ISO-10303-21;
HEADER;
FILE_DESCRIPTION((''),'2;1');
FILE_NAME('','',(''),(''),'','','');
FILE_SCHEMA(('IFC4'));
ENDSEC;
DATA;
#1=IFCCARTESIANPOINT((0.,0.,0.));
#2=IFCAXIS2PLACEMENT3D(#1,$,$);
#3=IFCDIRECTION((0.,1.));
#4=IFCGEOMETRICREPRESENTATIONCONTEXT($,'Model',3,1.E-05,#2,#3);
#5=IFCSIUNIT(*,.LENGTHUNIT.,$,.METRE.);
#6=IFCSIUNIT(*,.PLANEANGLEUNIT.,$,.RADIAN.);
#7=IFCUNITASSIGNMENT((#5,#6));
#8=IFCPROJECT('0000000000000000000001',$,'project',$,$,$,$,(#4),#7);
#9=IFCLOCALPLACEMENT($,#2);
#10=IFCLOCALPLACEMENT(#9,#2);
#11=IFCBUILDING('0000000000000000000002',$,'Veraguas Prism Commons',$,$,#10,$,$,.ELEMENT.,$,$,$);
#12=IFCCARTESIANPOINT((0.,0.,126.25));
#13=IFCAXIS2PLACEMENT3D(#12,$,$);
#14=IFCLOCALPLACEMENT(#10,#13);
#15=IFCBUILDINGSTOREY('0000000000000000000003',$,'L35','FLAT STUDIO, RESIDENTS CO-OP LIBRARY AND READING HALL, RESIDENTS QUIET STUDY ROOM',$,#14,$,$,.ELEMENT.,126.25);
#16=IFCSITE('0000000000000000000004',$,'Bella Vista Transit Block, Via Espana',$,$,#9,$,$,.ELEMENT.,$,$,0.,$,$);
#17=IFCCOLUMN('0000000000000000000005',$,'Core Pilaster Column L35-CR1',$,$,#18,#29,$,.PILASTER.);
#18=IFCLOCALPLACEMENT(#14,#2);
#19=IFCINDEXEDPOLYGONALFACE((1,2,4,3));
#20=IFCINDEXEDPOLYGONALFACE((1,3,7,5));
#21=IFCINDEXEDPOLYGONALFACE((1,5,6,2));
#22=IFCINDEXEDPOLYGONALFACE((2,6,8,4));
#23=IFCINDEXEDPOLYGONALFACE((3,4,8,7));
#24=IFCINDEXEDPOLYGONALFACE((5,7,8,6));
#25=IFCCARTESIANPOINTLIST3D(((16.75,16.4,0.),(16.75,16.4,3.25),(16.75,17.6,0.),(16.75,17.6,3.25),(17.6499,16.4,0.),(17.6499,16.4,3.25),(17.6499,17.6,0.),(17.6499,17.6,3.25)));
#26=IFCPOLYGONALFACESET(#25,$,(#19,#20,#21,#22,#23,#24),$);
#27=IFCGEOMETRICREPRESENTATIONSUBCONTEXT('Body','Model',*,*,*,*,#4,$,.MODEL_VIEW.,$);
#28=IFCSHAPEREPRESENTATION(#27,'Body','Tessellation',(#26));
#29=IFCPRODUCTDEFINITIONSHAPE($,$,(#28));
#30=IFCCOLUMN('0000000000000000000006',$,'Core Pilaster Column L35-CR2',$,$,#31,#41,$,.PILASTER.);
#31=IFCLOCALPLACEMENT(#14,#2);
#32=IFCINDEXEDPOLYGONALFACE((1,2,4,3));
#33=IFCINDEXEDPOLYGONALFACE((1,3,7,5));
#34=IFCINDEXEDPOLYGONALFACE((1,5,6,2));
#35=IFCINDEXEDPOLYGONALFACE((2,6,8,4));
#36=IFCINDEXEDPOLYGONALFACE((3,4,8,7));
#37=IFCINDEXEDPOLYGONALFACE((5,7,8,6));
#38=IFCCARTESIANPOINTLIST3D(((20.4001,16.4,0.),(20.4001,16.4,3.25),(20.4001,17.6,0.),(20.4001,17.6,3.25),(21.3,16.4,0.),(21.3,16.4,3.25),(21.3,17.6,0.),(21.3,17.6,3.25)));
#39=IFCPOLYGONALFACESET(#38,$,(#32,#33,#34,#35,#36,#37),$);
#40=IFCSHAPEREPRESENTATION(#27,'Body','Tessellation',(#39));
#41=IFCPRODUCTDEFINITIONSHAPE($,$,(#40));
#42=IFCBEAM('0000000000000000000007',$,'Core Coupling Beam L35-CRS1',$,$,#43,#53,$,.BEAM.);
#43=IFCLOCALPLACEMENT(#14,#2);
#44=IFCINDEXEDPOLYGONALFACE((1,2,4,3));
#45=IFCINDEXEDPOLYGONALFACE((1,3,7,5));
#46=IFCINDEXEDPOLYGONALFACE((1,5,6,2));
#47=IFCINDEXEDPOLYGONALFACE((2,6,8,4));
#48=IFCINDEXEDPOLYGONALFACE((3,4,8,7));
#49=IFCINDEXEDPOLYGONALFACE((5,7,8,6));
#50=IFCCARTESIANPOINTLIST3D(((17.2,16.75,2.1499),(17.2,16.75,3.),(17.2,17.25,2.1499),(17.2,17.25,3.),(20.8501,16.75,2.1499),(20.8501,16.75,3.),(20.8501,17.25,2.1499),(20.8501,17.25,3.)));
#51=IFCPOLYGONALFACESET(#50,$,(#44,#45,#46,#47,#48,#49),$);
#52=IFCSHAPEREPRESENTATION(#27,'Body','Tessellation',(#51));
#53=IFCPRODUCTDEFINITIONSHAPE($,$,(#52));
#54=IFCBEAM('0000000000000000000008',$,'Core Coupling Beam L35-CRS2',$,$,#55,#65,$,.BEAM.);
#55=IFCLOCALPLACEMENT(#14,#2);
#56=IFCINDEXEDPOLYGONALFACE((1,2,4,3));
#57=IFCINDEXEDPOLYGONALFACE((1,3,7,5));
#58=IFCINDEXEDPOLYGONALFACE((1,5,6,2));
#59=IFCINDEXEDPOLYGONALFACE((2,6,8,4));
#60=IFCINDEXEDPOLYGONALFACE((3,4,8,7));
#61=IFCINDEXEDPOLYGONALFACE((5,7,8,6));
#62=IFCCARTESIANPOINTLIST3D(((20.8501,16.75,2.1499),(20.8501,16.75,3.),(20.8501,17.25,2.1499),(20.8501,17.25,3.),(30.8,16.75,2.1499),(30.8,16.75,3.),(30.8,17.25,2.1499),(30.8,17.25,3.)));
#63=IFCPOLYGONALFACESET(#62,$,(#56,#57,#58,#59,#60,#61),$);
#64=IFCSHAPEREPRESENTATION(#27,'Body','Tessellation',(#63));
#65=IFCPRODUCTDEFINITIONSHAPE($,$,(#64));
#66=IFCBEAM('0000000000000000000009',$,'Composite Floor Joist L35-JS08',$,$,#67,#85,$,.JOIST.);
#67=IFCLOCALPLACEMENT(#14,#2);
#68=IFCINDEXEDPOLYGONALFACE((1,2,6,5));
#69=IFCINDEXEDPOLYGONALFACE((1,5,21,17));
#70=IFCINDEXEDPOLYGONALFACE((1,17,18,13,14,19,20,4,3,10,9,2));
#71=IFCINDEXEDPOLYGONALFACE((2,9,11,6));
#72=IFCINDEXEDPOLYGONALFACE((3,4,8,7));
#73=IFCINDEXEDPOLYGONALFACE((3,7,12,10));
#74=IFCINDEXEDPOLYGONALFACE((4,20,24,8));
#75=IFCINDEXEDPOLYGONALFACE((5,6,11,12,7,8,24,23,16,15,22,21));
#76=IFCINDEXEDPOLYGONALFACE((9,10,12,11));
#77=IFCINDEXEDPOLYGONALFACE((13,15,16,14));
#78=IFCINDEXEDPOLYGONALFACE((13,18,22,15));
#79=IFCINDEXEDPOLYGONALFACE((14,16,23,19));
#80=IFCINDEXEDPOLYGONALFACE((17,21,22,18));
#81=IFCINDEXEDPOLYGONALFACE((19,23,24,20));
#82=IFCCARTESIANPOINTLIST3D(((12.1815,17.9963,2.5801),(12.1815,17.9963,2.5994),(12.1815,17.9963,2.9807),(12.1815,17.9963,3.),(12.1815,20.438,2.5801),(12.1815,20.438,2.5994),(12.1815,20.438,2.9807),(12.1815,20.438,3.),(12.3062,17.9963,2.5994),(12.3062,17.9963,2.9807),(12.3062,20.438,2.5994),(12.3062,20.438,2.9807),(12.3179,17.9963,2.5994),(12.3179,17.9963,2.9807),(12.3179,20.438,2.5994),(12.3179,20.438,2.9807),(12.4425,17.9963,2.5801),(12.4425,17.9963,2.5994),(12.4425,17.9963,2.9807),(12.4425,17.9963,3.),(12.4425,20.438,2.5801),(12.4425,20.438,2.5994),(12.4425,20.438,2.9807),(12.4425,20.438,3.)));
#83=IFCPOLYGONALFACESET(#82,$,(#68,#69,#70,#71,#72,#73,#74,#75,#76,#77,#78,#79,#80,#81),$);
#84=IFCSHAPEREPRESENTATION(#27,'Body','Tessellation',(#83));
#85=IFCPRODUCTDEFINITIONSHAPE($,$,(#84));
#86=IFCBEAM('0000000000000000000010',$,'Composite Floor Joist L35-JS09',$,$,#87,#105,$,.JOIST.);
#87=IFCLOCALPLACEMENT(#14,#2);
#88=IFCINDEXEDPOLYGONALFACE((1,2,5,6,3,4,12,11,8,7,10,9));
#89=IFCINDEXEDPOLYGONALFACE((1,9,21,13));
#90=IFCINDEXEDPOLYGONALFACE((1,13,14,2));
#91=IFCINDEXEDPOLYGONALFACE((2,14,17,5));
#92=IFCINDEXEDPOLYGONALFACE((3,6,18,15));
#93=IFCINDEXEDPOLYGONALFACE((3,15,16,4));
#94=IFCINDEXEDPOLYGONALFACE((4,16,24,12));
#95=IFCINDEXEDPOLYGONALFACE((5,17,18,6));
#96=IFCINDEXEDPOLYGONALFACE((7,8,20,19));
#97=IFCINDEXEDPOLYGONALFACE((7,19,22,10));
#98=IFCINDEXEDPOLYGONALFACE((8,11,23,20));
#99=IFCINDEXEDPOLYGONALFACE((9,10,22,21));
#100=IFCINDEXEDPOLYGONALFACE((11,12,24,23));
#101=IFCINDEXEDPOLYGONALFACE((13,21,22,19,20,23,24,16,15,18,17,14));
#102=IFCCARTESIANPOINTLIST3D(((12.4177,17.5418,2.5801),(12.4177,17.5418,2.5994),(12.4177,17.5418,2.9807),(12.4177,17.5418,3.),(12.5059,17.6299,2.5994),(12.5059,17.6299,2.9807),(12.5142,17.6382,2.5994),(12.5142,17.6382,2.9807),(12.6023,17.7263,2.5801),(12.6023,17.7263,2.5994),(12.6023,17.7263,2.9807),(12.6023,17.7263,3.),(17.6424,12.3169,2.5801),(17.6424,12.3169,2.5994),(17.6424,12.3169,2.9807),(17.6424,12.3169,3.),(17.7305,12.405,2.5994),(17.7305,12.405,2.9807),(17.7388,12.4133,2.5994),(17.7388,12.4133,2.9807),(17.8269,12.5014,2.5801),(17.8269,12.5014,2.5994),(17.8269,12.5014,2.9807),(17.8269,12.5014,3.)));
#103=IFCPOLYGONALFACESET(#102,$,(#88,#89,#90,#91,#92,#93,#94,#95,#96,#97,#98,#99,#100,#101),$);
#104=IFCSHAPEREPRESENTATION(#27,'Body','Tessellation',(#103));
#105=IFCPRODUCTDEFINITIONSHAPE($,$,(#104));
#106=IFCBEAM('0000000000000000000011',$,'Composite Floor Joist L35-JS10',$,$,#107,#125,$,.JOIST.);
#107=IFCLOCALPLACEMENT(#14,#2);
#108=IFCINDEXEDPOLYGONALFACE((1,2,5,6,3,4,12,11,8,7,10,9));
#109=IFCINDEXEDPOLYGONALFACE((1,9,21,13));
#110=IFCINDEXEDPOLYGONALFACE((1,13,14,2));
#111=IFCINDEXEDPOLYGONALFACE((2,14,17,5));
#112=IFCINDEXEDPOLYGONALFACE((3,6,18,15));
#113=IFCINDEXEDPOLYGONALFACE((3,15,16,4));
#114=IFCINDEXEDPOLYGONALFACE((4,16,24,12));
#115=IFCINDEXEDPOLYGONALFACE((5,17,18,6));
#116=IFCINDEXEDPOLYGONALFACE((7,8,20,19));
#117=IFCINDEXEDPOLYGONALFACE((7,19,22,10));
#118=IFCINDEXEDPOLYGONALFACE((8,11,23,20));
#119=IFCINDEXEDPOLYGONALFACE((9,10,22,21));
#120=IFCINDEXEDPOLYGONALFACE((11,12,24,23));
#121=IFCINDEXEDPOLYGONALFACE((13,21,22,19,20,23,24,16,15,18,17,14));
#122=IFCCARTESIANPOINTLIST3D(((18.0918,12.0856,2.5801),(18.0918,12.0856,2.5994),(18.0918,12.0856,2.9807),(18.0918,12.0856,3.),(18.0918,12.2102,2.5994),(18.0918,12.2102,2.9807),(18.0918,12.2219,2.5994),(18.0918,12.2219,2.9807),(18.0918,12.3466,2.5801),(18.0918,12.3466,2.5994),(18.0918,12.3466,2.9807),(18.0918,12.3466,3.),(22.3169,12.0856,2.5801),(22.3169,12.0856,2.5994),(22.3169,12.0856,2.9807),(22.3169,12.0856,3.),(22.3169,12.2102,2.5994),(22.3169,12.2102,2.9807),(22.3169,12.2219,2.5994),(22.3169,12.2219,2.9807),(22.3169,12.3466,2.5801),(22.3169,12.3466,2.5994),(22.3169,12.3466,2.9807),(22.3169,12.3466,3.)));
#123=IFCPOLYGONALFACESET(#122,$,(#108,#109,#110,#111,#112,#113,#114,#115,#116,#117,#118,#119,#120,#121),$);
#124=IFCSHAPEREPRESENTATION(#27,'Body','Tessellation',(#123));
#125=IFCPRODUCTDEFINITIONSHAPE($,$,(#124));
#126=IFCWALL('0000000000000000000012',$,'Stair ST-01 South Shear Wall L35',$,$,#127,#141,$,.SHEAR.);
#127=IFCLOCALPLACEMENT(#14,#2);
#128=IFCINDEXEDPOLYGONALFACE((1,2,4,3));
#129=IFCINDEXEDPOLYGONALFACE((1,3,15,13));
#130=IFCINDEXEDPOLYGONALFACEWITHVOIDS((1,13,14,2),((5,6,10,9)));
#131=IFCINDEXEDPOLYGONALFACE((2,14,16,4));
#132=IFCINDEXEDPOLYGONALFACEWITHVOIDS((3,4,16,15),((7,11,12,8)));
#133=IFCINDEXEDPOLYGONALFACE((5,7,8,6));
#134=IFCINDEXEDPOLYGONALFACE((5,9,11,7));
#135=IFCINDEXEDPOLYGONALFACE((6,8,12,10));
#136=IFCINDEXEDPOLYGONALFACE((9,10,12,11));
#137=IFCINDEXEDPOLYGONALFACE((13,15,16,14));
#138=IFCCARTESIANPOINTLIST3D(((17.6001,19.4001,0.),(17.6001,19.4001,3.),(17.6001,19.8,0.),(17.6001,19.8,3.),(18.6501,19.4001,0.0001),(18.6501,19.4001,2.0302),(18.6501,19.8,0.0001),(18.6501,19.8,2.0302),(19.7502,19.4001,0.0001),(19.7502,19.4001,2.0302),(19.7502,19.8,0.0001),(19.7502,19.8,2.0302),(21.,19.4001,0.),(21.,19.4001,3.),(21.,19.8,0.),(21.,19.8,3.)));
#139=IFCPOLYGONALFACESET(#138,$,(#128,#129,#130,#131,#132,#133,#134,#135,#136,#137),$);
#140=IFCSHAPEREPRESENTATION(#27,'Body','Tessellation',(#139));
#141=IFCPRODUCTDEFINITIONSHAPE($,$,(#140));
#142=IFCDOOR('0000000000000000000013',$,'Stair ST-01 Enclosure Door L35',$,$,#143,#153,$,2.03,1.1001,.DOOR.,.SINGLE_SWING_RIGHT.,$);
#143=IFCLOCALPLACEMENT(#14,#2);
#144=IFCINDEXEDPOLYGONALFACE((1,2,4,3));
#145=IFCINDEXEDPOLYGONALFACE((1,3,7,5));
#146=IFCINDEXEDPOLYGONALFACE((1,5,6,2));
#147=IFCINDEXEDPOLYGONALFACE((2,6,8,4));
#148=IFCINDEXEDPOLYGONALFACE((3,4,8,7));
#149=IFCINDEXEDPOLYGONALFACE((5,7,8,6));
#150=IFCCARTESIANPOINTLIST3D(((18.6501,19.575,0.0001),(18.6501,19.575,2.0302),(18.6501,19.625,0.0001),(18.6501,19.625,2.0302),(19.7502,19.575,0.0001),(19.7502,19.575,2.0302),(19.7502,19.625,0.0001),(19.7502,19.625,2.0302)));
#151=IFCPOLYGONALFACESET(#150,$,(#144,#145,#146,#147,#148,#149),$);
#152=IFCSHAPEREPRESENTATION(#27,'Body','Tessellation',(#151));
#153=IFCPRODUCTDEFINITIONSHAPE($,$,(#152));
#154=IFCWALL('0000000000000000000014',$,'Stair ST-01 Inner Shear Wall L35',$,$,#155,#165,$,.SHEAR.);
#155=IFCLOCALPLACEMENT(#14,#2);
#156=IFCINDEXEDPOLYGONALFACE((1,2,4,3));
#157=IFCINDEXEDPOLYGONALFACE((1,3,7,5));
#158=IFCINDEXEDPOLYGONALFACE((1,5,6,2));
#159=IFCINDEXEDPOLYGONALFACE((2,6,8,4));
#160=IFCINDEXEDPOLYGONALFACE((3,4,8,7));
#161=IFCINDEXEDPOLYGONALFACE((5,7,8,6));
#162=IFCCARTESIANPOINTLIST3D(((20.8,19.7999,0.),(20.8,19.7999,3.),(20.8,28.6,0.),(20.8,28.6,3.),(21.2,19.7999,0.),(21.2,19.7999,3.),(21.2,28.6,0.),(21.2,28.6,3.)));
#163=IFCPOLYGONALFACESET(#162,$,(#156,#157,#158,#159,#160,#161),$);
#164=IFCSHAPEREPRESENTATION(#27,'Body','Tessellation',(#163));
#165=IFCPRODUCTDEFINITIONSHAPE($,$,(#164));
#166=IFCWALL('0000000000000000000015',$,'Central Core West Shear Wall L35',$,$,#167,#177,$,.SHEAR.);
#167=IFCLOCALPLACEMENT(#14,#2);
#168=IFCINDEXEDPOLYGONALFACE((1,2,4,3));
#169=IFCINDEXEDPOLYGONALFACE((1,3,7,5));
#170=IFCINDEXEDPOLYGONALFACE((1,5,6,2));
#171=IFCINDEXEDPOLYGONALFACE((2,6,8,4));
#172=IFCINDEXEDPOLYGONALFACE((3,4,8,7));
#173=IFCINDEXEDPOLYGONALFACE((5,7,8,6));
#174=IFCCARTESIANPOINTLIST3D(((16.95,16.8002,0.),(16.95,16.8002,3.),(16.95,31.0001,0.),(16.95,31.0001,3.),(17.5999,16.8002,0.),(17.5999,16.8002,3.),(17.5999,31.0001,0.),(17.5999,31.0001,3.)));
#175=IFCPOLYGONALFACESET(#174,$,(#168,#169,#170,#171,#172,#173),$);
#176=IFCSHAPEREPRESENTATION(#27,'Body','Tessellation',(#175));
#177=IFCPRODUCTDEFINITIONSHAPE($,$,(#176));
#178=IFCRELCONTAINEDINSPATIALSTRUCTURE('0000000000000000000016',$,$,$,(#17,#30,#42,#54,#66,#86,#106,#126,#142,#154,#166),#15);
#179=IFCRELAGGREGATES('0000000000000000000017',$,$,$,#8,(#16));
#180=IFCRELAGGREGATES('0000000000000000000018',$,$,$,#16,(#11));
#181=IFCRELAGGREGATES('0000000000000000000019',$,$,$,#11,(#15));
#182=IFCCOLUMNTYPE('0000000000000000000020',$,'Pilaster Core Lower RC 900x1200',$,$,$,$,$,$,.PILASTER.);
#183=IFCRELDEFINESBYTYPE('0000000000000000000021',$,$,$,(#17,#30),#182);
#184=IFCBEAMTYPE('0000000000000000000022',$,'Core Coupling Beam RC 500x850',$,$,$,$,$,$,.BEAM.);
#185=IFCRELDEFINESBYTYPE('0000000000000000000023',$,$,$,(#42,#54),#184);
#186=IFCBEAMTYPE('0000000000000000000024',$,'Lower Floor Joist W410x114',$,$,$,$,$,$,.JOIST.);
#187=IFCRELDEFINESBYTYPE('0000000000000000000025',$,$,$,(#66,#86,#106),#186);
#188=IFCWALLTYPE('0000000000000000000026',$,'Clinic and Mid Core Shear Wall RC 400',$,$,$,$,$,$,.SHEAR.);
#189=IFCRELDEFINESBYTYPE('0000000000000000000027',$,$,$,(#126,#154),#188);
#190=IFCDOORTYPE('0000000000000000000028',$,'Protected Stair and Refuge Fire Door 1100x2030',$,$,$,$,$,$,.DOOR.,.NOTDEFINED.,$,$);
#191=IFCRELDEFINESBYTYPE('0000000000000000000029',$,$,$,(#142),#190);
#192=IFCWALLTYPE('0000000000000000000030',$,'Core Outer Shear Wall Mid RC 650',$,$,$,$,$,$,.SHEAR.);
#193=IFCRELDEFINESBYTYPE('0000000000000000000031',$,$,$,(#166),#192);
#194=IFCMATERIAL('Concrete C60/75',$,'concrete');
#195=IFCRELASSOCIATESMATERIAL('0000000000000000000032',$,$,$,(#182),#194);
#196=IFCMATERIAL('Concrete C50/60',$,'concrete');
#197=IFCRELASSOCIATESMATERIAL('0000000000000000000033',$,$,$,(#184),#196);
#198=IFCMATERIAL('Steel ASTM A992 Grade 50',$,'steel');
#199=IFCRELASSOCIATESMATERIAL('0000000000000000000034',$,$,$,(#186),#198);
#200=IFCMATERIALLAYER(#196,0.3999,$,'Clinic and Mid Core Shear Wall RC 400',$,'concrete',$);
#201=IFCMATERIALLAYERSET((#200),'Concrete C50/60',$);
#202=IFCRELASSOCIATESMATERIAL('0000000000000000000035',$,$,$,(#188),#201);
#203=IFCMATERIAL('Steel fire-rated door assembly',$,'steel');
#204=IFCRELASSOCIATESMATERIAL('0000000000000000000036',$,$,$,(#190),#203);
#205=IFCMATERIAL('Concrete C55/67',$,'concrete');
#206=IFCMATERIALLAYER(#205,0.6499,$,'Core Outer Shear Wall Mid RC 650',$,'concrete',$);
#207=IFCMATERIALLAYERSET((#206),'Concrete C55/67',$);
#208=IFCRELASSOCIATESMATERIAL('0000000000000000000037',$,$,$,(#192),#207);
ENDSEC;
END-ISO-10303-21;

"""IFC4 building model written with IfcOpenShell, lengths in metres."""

from ifc_helpers import new_model, si_unit, direction, frame, frame_2d, origin, origin_2d, place, context, subcontext, project, spatial, rectangle, i_section, extrude, source, transform, mapped, material, layer, layer_set, material_profile, profile_set, type_object, element, fill, save


model = new_model("IFC4")

# Units and contexts
model_context = context("Model", 3, precision=1e-05, world=origin(), true_north=direction((0.0, 1.0)))
body_context = subcontext(model_context, "Body", "Model", "MODEL_VIEW")
ifc_project = project(units=[si_unit("LENGTHUNIT", "METRE"), si_unit("PLANEANGLEUNIT", "RADIAN")], contexts=[model_context])

# Site, building, storey
site_placement = place(None, origin())
site = spatial("IfcSite", under=ifc_project, at=site_placement, Name="Bella Vista Transit Block, Via Espana", CompositionType="ELEMENT", RefElevation=0.0)
building_placement = place(site_placement, origin())
building = spatial("IfcBuilding", under=site, at=building_placement, Name="Veraguas Prism Commons", CompositionType="ELEMENT")
storey_placement = place(building_placement, frame((0.0, 0.0, 126.25)))
storey = spatial("IfcBuildingStorey", under=building, at=storey_placement, Name="L35", Description="FLAT STUDIO, RESIDENTS CO-OP LIBRARY AND READING HALL, RESIDENTS QUIET STUDY ROOM", CompositionType="ELEMENT", Elevation=126.25)

# Columns
ifc_material_1 = material(Name="Concrete C60/75", Category="concrete")
ifc_material_profile_1 = material_profile(ifc_material_1, rectangle(XDim=0.8999, YDim=1.2, at=origin_2d()), Name="RC900X1200")
ifc_profile_set_1 = profile_set([ifc_material_profile_1], Name="Concrete C60/75")
column_type = type_object("IfcColumnType", Name="Pilaster Core Lower RC 900x1200", PredefinedType="PILASTER", material=ifc_profile_set_1)
for number, where, z_axis, x_axis, name in (
    (1, (17.2, 17.0, 0.0), (0.0, 0.0, 1.0), (1.0, 0.0, 0.0), "Core Pilaster Column L35-CR1"),
    (2, (20.8501, 17.0, 0.0), (0.0, 0.0, 1.0), (1.0, 0.0, 0.0), "Core Pilaster Column L35-CR2"),
):
    element("IfcColumn", number, at=place(storey_placement, frame(where, z_axis=z_axis, x_axis=x_axis)), inside=storey, type_object=column_type, Name=name, PredefinedType="PILASTER", context=body_context, shape_type="SweptSolid", body=[
        extrude(rectangle(XDim=0.8999, YDim=1.2, at=origin_2d()), origin(), (0.0, 0.0, 1.0), 3.25),
    ])

# Beams
ifc_material_2 = material(Name="Concrete C50/60", Category="concrete")
ifc_material_profile_2 = material_profile(ifc_material_2, rectangle(XDim=0.5, YDim=0.8501, at=origin_2d()), Name="RC500X850")
ifc_profile_set_2 = profile_set([ifc_material_profile_2], Name="Concrete C50/60")
beam_type_1 = type_object("IfcBeamType", Name="Core Coupling Beam RC 500x850", PredefinedType="BEAM", material=ifc_profile_set_2)
beam_1_placement = place(storey_placement, frame((17.2, 17.0, 2.575), z_axis=(1.0, 0.0, 0.0), x_axis=(0.0, 1.0, 0.0)))
element("IfcBeam", 3, at=beam_1_placement, inside=storey, type_object=beam_type_1, Name="Core Coupling Beam L35-CRS1", PredefinedType="BEAM", context=body_context, shape_type="SweptSolid", body=[
    extrude(rectangle(XDim=0.5, YDim=0.8501, at=origin_2d()), origin(), (0.0, 0.0, 1.0), 3.6501),
])
beam_2_placement = place(storey_placement, frame((20.8501, 17.0, 2.575), z_axis=(1.0, 0.0, 0.0), x_axis=(0.0, 1.0, 0.0)))
element("IfcBeam", 4, at=beam_2_placement, inside=storey, type_object=beam_type_1, Name="Core Coupling Beam L35-CRS2", PredefinedType="BEAM", context=body_context, shape_type="SweptSolid", body=[
    extrude(rectangle(XDim=0.5, YDim=0.8501, at=origin_2d()), origin(), (0.0, 0.0, 1.0), 9.95),
])
ifc_material_3 = material(Name="Steel ASTM A992 Grade 50", Category="steel")
ifc_material_profile_3 = material_profile(ifc_material_3, i_section(OverallWidth=0.261, OverallDepth=0.4199, WebThickness=0.0117, FlangeThickness=0.0193, at=origin_2d()), Name="W410X114")
ifc_profile_set_3 = profile_set([ifc_material_profile_3], Name="Steel ASTM A992 Grade 50")
beam_type_2 = type_object("IfcBeamType", Name="Lower Floor Joist W410x114", PredefinedType="JOIST", material=ifc_profile_set_3)
beam_3_placement = place(storey_placement, frame((12.312, 20.438, 2.79), z_axis=(0.0, -1.0, 0.0), x_axis=(1.0, 0.0, 0.0)))
element("IfcBeam", 5, at=beam_3_placement, inside=storey, type_object=beam_type_2, Name="Composite Floor Joist L35-JS08", PredefinedType="JOIST", context=body_context, shape_type="SweptSolid", body=[
    extrude(i_section(OverallWidth=0.261, OverallDepth=0.4199, WebThickness=0.0117, FlangeThickness=0.0193, at=origin_2d()), origin(), (0.0, 0.0, 1.0), 2.4417),
])
beam_4_placement = place(storey_placement, frame((12.51, 17.634, 2.79), z_axis=(0.70709, -0.707123, 0.0), x_axis=(0.707123, 0.70709, 0.0)))
element("IfcBeam", 6, at=beam_4_placement, inside=storey, type_object=beam_type_2, Name="Composite Floor Joist L35-JS09", PredefinedType="JOIST", context=body_context, shape_type="SweptSolid", body=[
    extrude(i_section(OverallWidth=0.261, OverallDepth=0.4199, WebThickness=0.0117, FlangeThickness=0.0193, at=origin_2d()), origin(), (0.0, 0.0, 1.0), 7.3889),
])
beam_5_placement = place(storey_placement, frame((18.0918, 12.2161, 2.79), z_axis=(1.0, 0.0, 0.0), x_axis=(0.0, 1.0, 0.0)))
element("IfcBeam", 7, at=beam_5_placement, inside=storey, type_object=beam_type_2, Name="Composite Floor Joist L35-JS10", PredefinedType="JOIST", context=body_context, shape_type="SweptSolid", body=[
    extrude(i_section(OverallWidth=0.261, OverallDepth=0.4199, WebThickness=0.0117, FlangeThickness=0.0193, at=origin_2d()), origin(), (0.0, 0.0, 1.0), 4.2251),
])

# Wall, opening, door
ifc_layer_1 = layer(ifc_material_2, 0.3999, Name="Clinic and Mid Core Shear Wall RC 400", Category="concrete")
ifc_layer_set_1 = layer_set([ifc_layer_1], Name="Concrete C50/60")
wall_type_1 = type_object("IfcWallType", Name="Clinic and Mid Core Shear Wall RC 400", PredefinedType="SHEAR", material=ifc_layer_set_1)
wall_1_placement = place(storey_placement, frame((17.6001, 19.6001, 0.0), z_axis=(0.0, 0.0, 1.0), x_axis=(1.0, 0.0, 0.0)))
wall_1 = element("IfcWall", 8, at=wall_1_placement, inside=storey, type_object=wall_type_1, Name="Stair ST-01 South Shear Wall L35", PredefinedType="SHEAR", context=body_context, shape_type="SweptSolid", body=[
    extrude(rectangle(XDim=3.3999, YDim=0.3999, at=frame_2d((1.7, 0.0))), origin(), (0.0, 0.0, 1.0), 3.0),
])
opening_1_placement = place(wall_1_placement, frame((1.05, 0.0, 0.0)))
opening_1 = element("IfcOpeningElement", 9, at=opening_1_placement, cuts=wall_1, PredefinedType="OPENING", context=body_context, shape_type="SweptSolid", body=[
    extrude(rectangle(XDim=1.1001, YDim=2.03, at=frame_2d((0.55, 1.0151))), frame((0.0, 0.21, 0.0), z_axis=(0.0, -1.0, 0.0), x_axis=(1.0, 0.0, 0.0)), (0.0, 0.0, 1.0), 0.4199),
])
ifc_material_4 = material(Name="Steel fire-rated door assembly", Category="steel")
door_type_1 = type_object("IfcDoorType", Name="Protected Stair and Refuge Fire Door 1100x2030", OperationType="NOTDEFINED", PredefinedType="DOOR", material=ifc_material_4)
shared_shape_1 = source(origin(), body_context, "Body", "SweptSolid", [
    extrude(rectangle(XDim=1.1001, YDim=2.03, at=frame_2d((0.55, 1.0151))), frame((0.0, 0.0249, 0.0), z_axis=(0.0, -1.0, 0.0), x_axis=(1.0, 0.0, 0.0)), (0.0, 0.0, 1.0), 0.05),
])
door_1_placement = place(opening_1_placement, origin())
door_1 = element("IfcDoor", 10, at=door_1_placement, inside=storey, type_object=door_type_1, Name="Stair ST-01 Enclosure Door L35", OperationType="SINGLE_SWING_RIGHT", OverallHeight=2.03, OverallWidth=1.1001, PredefinedType="DOOR", context=body_context, shape_type="MappedRepresentation", body=[
    mapped(shared_shape_1, transform((0.0, 0.0, 0.0), scale=1.0)),
])
fill(opening_1, door_1)

# Walls
wall_2_placement = place(storey_placement, frame((21.0, 19.8, 0.0), z_axis=(0.0, 0.0, 1.0), x_axis=(0.0, 1.0, 0.0)))
element("IfcWall", 11, at=wall_2_placement, inside=storey, type_object=wall_type_1, Name="Stair ST-01 Inner Shear Wall L35", PredefinedType="SHEAR", context=body_context, shape_type="SweptSolid", body=[
    extrude(rectangle(XDim=8.8, YDim=0.3999, at=frame_2d((4.3999, 0.0))), origin(), (0.0, 0.0, 1.0), 3.0),
])
ifc_material_5 = material(Name="Concrete C55/67", Category="concrete")
ifc_layer_2 = layer(ifc_material_5, 0.6499, Name="Core Outer Shear Wall Mid RC 650", Category="concrete")
ifc_layer_set_2 = layer_set([ifc_layer_2], Name="Concrete C55/67")
wall_type_2 = type_object("IfcWallType", Name="Core Outer Shear Wall Mid RC 650", PredefinedType="SHEAR", material=ifc_layer_set_2)
wall_3_placement = place(storey_placement, frame((17.2749, 16.8, 0.0), z_axis=(0.0, 0.0, 1.0), x_axis=(0.0, 1.0, 0.0)))
element("IfcWall", 12, at=wall_3_placement, inside=storey, type_object=wall_type_2, Name="Central Core West Shear Wall L35", PredefinedType="SHEAR", context=body_context, shape_type="SweptSolid", body=[
    extrude(rectangle(XDim=14.2, YDim=0.6499, at=frame_2d((7.1001, 0.0))), origin(), (0.0, 0.0, 1.0), 3.0),
])

save(model, "model.ifc")
